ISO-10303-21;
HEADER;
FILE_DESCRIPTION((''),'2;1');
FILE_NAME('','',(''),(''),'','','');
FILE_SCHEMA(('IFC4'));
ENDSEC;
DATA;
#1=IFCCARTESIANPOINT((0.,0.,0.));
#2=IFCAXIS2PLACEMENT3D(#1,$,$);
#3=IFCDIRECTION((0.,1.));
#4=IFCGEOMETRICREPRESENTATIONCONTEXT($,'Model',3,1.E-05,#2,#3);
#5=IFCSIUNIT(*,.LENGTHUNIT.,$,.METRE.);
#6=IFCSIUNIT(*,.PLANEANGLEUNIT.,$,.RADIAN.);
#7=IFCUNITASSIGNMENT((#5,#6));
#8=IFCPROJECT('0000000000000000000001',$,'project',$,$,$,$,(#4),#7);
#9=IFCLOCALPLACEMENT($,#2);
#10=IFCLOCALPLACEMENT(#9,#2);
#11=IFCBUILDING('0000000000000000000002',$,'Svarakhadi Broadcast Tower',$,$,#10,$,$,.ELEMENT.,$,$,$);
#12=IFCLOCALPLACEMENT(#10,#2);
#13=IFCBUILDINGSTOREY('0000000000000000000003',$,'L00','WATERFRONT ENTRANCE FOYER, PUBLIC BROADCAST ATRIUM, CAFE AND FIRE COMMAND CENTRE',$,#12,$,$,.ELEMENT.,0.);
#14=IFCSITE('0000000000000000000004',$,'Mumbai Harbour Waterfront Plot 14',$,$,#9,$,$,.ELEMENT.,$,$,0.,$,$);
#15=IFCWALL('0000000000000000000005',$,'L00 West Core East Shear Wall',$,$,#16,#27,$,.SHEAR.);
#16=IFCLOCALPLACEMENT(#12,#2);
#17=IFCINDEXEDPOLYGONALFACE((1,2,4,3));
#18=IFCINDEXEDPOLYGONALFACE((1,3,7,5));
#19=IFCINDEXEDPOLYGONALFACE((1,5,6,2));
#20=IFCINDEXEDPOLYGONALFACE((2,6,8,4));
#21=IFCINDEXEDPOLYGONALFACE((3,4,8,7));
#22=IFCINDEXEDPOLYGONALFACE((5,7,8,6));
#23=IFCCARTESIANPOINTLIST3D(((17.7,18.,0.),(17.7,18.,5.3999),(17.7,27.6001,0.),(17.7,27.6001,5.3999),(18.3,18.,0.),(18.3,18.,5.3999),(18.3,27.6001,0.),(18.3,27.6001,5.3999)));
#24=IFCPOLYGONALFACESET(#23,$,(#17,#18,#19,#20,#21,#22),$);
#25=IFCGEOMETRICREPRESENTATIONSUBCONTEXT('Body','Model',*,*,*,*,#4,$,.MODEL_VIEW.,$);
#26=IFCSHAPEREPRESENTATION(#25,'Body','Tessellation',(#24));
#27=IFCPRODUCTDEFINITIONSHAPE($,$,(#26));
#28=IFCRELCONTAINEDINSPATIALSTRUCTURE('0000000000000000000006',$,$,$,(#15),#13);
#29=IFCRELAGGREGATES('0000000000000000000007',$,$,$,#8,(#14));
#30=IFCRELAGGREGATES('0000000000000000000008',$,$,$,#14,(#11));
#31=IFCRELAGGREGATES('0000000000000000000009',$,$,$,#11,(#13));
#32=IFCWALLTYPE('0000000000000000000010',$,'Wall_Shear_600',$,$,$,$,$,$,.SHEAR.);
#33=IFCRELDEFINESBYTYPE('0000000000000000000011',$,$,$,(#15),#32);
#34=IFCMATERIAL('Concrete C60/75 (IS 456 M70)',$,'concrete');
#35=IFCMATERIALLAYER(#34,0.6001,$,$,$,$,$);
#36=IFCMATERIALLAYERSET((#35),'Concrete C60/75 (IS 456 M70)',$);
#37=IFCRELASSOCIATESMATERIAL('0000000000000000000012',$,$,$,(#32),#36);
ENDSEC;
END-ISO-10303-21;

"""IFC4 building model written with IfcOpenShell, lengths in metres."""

from ifc_helpers import new_model, si_unit, direction, frame, frame_2d, origin, place, context, subcontext, project, spatial, rectangle, extrude, material, layer, layer_set, type_object, element, save


model = new_model("IFC4")

# Units and contexts
model_context = context("Model", 3, precision=1e-05, world=origin(), true_north=direction((0.0, 1.0)))
body_context = subcontext(model_context, "Body", "Model", "MODEL_VIEW")
ifc_project = project(units=[si_unit("LENGTHUNIT", "METRE"), si_unit("PLANEANGLEUNIT", "RADIAN")], contexts=[model_context])

# Site, building, storey
site_placement = place(None, origin())
site = spatial("IfcSite", under=ifc_project, at=site_placement, Name="Mumbai Harbour Waterfront Plot 14", CompositionType="ELEMENT", RefElevation=0.0)
building_placement = place(site_placement, origin())
building = spatial("IfcBuilding", under=site, at=building_placement, Name="Svarakhadi Broadcast Tower", CompositionType="ELEMENT")
storey_placement = place(building_placement, origin())
storey = spatial("IfcBuildingStorey", under=building, at=storey_placement, Name="L00", Description="WATERFRONT ENTRANCE FOYER, PUBLIC BROADCAST ATRIUM, CAFE AND FIRE COMMAND CENTRE", CompositionType="ELEMENT", Elevation=0.0)

# Shared definitions
ifc_material_1 = material(Name="Concrete C60/75 (IS 456 M70)", Category="concrete")

# Wall
ifc_layer_1 = layer(ifc_material_1, 0.6001)
ifc_layer_set_1 = layer_set([ifc_layer_1], Name="Concrete C60/75 (IS 456 M70)")
wall_type_1 = type_object("IfcWallType", Name="Wall_Shear_600", PredefinedType="SHEAR", material=ifc_layer_set_1)
wall_1_placement = place(storey_placement, frame((18.0, 18.0, 0.0), z_axis=(0.0, 0.0, 1.0), x_axis=(0.0, 1.0, 0.0)))
element("IfcWall", 1, at=wall_1_placement, inside=storey, type_object=wall_type_1, Name="L00 West Core East Shear Wall", PredefinedType="SHEAR", context=body_context, shape_type="SweptSolid", body=[
    extrude(rectangle(XDim=9.6001, YDim=0.6001, at=frame_2d((4.8, 0.0))), origin(), (0.0, 0.0, 1.0), 5.3999),
])

save(model, "model.ifc")
